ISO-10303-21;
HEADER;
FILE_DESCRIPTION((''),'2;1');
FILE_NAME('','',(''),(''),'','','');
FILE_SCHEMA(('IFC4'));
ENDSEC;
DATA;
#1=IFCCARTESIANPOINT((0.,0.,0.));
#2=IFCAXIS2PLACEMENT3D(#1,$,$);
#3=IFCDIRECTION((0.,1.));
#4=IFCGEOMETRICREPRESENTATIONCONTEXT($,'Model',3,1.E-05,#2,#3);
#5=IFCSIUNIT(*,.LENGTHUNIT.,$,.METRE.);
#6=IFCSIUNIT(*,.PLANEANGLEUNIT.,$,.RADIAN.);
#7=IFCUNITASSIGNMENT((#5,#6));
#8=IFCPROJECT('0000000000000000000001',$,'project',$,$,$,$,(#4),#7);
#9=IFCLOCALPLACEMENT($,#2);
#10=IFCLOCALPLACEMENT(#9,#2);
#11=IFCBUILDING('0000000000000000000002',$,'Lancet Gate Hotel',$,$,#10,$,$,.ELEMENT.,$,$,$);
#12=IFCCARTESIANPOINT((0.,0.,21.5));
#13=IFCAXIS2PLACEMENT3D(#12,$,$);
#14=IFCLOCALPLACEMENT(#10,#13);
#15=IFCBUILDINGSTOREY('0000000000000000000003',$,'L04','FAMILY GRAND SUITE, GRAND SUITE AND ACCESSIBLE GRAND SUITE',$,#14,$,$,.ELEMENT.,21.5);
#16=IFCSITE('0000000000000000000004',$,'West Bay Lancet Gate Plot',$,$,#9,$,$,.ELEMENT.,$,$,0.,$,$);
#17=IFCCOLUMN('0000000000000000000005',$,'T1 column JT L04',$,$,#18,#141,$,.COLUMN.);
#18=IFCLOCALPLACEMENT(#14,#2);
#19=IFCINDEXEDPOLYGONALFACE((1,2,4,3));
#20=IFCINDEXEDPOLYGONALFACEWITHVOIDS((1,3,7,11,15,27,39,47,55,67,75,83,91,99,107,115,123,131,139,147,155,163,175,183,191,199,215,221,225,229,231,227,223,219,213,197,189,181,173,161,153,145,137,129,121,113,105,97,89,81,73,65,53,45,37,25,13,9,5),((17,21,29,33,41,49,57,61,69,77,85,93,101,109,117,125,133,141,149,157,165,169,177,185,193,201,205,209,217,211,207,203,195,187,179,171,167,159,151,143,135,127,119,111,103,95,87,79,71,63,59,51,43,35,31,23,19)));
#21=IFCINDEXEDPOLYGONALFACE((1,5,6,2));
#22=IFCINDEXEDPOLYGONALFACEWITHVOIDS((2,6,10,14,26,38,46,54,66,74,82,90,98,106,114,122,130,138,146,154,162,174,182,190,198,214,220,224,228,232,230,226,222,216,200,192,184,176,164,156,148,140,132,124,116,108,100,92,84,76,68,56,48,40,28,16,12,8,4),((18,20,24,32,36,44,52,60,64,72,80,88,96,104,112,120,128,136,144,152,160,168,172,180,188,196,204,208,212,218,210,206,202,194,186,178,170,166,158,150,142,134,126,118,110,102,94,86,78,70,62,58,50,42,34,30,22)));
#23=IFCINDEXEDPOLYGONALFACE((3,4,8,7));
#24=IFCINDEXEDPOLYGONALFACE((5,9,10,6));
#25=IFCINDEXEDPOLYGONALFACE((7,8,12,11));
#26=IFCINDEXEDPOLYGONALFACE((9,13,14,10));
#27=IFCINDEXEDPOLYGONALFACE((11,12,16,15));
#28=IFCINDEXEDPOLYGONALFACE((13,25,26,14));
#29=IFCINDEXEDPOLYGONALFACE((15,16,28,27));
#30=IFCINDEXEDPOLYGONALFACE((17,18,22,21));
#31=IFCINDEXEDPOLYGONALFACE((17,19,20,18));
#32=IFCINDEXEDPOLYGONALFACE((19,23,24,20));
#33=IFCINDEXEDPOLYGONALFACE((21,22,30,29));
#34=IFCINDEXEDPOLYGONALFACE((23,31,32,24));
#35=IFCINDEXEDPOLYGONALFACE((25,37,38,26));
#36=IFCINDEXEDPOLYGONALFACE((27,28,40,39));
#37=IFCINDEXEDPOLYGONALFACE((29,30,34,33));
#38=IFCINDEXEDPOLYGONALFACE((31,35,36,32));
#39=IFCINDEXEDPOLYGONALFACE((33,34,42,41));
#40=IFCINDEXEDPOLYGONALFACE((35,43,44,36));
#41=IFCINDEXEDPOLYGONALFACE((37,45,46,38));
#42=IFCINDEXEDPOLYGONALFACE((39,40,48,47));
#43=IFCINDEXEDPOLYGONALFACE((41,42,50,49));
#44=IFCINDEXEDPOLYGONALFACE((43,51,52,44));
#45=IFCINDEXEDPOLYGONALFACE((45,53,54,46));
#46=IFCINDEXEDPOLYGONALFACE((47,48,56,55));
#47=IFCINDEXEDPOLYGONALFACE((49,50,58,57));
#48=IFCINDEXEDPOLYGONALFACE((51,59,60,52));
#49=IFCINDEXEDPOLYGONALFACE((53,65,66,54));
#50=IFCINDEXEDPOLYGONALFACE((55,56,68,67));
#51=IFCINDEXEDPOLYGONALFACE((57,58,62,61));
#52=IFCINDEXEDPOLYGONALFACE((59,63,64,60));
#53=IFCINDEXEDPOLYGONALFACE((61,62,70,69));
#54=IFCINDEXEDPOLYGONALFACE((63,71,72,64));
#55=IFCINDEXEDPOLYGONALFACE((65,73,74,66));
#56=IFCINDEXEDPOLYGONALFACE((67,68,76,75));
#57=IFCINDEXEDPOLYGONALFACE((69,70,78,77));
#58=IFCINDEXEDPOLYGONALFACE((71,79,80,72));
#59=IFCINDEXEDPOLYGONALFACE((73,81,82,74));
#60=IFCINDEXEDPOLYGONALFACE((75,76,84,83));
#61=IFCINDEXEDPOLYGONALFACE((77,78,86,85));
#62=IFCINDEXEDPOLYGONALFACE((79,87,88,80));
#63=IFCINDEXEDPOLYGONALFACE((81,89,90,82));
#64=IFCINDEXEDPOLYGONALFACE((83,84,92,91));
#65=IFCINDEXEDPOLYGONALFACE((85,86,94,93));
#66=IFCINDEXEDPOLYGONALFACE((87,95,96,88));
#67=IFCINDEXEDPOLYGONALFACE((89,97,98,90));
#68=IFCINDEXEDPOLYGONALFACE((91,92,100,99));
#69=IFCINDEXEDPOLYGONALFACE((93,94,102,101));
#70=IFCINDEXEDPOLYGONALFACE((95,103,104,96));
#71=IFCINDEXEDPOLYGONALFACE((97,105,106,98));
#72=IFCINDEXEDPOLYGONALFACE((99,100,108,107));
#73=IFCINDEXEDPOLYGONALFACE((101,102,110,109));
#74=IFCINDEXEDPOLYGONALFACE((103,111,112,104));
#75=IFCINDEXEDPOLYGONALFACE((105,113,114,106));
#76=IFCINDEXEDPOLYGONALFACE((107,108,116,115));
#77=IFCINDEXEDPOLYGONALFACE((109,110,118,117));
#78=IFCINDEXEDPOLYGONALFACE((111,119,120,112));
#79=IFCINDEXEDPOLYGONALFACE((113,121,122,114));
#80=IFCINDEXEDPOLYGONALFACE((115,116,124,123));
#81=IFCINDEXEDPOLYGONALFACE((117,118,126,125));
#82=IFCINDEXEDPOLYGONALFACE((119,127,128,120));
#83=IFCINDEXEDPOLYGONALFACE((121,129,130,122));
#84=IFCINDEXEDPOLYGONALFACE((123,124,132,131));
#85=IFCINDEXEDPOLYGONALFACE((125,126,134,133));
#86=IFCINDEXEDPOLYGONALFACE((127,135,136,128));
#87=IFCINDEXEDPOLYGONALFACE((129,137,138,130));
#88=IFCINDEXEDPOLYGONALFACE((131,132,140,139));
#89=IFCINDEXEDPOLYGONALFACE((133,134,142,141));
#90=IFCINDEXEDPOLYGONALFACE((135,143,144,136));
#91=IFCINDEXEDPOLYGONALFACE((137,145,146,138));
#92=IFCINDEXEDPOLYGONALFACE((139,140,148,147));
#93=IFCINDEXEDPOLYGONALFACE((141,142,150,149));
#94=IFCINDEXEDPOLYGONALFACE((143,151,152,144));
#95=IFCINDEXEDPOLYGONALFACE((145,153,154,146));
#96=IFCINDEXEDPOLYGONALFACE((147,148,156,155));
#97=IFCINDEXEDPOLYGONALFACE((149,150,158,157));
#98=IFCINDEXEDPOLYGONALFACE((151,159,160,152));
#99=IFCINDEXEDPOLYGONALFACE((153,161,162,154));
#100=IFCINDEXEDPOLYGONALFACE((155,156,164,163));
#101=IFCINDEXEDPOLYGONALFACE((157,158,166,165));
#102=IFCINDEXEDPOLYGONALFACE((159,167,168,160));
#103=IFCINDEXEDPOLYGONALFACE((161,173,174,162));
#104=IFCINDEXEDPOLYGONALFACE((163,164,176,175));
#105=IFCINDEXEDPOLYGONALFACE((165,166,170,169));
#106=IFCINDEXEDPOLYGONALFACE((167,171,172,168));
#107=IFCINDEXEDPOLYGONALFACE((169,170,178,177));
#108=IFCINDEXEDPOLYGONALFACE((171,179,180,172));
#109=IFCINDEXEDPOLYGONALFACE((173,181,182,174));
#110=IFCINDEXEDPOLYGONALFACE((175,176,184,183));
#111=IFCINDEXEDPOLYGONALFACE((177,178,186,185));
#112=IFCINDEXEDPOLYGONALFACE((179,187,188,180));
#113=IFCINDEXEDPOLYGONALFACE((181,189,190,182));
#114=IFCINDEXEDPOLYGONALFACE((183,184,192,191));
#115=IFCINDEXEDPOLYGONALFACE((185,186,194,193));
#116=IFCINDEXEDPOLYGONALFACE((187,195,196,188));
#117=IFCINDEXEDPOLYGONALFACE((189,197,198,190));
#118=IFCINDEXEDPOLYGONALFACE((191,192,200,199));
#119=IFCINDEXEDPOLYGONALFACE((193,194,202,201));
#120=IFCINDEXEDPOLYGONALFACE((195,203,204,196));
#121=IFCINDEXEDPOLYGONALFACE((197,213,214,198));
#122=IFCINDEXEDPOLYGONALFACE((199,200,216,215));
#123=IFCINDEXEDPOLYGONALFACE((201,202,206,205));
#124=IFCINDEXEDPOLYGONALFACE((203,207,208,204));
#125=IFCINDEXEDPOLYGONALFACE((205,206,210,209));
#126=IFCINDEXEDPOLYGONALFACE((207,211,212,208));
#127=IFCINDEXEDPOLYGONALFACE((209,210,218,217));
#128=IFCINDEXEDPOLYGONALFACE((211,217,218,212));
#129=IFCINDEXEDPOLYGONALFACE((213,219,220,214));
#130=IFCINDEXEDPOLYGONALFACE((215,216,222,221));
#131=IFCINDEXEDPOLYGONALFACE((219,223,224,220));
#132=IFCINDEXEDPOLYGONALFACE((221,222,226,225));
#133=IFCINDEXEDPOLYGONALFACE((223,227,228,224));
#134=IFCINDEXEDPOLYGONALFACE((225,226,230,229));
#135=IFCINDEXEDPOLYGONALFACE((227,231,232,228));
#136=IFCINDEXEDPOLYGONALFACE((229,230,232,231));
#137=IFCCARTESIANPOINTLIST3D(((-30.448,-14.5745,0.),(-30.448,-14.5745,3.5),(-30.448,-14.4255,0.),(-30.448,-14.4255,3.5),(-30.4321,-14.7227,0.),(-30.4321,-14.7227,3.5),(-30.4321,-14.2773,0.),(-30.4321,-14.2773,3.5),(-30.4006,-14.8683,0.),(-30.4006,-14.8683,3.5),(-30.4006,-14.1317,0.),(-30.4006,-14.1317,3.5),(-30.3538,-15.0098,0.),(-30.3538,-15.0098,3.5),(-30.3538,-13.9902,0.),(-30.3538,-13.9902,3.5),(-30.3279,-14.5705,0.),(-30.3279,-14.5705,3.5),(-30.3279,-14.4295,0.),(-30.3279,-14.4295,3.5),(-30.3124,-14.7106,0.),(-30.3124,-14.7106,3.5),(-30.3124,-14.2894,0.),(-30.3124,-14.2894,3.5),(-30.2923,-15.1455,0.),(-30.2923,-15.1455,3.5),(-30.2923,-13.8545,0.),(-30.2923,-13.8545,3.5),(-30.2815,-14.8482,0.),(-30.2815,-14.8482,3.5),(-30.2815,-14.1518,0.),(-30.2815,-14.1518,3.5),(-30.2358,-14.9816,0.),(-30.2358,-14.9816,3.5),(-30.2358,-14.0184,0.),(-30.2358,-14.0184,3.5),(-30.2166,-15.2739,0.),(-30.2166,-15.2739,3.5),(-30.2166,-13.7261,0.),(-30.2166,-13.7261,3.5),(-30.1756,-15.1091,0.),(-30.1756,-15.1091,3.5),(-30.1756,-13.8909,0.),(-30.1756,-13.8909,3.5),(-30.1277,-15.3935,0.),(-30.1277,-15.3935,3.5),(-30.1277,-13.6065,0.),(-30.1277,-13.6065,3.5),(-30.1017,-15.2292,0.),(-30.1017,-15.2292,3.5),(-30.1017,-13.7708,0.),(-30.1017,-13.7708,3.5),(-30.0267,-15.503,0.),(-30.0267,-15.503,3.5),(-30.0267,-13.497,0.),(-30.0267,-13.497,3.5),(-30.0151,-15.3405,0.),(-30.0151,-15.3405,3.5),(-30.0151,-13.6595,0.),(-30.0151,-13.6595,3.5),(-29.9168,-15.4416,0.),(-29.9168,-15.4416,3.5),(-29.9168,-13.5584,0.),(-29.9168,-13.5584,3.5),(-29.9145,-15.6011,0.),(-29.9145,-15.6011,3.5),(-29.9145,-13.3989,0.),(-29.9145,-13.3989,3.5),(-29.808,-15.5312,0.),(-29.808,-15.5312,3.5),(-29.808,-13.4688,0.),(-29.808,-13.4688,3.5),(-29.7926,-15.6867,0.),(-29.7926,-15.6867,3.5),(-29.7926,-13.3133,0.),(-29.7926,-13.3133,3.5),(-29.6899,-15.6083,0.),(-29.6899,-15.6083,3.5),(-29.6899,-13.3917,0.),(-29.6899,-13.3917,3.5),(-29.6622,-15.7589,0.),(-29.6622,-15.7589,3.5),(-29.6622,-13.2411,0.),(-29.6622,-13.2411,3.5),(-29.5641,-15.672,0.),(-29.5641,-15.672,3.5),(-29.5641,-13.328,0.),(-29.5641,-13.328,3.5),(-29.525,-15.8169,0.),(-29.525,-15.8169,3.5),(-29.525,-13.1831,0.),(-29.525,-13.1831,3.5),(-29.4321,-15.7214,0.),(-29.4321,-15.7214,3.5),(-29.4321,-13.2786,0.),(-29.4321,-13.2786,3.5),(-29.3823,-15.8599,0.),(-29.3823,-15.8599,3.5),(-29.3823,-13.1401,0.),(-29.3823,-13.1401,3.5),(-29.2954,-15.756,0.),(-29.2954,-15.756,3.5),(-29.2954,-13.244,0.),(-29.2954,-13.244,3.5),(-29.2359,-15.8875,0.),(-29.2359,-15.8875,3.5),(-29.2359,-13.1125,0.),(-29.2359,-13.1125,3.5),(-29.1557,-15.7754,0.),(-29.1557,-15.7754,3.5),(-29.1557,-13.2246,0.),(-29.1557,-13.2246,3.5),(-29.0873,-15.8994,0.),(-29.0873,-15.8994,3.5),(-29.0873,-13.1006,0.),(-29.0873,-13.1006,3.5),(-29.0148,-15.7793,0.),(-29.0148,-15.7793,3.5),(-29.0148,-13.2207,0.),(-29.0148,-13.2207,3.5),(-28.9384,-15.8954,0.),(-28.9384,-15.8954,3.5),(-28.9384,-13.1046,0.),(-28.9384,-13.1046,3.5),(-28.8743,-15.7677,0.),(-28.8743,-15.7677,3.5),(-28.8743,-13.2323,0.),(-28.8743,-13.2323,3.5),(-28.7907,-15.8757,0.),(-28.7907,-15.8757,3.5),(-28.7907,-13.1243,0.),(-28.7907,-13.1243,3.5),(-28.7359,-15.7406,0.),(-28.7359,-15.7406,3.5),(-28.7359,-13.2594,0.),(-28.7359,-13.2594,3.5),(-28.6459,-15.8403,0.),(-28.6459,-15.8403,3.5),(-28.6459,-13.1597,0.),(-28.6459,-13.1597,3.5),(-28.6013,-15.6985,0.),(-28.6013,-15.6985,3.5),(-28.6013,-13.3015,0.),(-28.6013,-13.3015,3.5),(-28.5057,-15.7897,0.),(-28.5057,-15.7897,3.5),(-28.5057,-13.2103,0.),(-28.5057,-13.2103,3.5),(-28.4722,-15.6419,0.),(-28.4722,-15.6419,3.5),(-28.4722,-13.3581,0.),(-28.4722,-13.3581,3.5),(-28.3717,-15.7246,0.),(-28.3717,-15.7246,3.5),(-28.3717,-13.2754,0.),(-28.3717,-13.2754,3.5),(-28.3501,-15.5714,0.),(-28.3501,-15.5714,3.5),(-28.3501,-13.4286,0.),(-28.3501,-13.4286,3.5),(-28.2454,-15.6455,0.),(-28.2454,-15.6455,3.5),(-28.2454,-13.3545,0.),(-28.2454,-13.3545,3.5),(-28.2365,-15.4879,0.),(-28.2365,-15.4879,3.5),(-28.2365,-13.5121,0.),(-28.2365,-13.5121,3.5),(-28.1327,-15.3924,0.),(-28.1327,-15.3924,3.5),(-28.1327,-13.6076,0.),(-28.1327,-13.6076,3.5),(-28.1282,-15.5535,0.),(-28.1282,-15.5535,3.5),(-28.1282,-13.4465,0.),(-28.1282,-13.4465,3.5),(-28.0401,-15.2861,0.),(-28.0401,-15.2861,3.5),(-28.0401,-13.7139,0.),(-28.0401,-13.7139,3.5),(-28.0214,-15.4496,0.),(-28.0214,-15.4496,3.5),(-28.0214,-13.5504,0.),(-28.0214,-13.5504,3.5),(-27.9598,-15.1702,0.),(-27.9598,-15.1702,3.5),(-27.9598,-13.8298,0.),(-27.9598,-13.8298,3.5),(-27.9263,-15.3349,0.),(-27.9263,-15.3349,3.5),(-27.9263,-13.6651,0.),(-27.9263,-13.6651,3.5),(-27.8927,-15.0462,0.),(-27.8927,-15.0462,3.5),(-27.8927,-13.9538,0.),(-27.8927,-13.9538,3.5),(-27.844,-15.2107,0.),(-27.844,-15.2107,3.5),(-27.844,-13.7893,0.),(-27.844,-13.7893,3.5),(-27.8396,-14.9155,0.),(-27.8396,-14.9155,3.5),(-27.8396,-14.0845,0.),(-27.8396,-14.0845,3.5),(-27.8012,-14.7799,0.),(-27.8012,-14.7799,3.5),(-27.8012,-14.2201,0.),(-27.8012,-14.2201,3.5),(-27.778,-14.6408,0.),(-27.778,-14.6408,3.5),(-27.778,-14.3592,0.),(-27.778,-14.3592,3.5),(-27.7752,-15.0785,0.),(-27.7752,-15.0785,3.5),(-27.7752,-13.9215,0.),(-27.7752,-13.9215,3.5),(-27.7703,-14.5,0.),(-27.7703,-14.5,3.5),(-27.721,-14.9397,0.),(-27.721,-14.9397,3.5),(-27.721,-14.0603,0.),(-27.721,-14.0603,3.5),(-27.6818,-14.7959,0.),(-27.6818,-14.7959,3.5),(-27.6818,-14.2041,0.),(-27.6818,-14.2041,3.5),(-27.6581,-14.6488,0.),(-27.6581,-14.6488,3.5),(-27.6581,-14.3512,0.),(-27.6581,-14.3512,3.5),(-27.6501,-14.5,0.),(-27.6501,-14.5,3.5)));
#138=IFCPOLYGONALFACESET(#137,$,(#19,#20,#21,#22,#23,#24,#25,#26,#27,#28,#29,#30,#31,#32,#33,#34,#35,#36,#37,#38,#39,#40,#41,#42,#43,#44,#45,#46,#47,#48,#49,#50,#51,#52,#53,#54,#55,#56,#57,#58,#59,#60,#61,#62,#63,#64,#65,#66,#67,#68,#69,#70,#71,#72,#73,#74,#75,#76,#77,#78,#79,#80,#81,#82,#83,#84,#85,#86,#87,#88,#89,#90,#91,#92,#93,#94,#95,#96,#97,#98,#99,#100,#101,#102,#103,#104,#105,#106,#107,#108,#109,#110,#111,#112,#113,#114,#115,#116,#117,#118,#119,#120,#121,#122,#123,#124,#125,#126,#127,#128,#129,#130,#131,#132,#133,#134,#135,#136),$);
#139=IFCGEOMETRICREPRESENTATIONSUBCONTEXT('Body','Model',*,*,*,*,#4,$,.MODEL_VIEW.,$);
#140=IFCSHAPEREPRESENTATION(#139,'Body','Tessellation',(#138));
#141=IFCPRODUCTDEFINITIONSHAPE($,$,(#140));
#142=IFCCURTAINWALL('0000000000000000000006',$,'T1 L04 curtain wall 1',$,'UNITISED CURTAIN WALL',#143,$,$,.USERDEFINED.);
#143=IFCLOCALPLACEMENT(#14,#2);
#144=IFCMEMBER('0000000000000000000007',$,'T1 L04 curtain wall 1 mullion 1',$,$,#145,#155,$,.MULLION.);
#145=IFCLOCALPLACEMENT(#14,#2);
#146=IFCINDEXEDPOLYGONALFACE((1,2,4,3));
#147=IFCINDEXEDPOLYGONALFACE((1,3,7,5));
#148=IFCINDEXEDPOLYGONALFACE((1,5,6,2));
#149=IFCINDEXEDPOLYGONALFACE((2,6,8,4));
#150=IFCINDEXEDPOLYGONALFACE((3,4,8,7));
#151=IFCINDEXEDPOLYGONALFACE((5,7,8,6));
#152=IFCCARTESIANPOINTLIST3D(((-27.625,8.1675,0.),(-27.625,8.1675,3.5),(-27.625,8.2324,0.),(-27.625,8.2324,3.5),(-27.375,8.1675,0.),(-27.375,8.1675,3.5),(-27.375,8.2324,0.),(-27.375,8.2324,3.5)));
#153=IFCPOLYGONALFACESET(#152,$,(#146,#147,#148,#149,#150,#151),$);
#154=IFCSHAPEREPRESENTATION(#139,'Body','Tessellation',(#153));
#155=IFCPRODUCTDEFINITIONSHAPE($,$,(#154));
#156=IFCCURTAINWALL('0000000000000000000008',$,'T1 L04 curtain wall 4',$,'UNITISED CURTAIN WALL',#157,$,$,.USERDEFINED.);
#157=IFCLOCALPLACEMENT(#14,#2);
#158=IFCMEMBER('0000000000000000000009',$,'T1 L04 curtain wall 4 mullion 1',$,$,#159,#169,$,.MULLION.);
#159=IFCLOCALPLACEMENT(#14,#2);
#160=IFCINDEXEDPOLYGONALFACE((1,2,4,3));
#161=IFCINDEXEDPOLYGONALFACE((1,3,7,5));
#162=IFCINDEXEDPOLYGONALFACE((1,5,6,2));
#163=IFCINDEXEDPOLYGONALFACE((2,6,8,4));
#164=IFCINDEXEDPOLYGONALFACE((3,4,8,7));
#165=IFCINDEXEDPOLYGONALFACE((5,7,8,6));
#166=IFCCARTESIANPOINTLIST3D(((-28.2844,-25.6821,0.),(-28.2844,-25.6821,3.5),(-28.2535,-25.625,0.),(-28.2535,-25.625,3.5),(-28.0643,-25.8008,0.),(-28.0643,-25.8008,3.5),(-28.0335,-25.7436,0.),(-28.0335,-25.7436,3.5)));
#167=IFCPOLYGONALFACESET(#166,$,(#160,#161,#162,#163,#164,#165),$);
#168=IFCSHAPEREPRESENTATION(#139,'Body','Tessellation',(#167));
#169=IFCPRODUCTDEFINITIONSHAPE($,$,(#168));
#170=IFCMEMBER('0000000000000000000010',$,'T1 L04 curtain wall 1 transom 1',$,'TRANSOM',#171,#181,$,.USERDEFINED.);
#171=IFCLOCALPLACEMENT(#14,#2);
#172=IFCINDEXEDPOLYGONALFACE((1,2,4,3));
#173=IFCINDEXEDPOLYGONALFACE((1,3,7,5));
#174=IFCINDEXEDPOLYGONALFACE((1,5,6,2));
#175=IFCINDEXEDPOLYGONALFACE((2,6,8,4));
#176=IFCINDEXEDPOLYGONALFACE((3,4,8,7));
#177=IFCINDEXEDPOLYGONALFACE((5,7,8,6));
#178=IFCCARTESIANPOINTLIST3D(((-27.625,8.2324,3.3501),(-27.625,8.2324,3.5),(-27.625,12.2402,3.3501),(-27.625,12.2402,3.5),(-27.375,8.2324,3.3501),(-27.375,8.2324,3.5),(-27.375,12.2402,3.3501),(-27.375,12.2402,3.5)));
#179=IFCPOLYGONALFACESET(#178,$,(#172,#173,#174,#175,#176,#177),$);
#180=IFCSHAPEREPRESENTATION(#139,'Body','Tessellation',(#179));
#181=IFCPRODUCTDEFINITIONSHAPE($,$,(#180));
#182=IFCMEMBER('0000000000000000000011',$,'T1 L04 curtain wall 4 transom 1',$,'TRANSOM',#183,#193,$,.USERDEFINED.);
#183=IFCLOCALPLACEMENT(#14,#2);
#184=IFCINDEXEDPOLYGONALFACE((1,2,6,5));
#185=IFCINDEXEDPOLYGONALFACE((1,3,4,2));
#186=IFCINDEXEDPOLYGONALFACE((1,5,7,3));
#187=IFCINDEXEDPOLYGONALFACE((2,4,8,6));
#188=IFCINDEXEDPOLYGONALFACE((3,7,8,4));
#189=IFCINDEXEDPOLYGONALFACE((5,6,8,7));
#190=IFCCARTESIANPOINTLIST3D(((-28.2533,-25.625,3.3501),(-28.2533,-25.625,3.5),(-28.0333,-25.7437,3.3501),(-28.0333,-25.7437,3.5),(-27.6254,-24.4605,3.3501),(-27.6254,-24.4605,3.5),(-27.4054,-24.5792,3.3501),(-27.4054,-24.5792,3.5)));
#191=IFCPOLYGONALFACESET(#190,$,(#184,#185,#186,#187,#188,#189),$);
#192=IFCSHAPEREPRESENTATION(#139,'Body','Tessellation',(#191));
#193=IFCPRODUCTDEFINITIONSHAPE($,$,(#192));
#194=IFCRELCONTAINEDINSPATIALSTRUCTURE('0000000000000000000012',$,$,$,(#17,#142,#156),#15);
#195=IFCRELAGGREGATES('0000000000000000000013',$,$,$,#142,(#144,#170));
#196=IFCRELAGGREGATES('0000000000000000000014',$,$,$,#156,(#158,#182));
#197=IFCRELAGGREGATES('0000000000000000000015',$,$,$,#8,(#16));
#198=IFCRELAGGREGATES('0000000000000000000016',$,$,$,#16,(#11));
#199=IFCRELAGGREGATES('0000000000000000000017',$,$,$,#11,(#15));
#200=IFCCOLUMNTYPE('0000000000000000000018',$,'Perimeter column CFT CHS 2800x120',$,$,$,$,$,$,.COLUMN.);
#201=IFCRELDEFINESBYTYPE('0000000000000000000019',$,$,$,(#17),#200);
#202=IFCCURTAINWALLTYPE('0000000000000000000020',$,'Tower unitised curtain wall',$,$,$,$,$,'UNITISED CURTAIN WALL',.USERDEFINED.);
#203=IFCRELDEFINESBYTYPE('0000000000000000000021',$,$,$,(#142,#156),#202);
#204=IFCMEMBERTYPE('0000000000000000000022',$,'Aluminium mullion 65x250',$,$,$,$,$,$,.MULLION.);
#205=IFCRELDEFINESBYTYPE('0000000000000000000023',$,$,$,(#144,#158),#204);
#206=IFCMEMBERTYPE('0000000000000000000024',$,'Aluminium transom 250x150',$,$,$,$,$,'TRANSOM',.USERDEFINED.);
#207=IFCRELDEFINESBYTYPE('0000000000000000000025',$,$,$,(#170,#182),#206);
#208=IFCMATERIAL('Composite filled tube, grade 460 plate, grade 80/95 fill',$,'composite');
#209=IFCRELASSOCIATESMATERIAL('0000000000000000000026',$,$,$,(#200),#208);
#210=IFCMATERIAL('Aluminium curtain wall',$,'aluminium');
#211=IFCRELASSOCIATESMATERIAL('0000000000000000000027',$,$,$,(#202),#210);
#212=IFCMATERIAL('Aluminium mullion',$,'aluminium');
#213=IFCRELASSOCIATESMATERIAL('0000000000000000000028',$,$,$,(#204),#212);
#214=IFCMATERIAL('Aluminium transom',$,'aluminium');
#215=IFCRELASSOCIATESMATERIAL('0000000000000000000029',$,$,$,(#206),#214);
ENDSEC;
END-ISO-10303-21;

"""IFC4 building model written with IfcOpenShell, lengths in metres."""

from ifc_helpers import new_model, si_unit, direction, frame, origin, origin_2d, place, context, subcontext, project, spatial, rectangle, hollow_circle, extrude, material, material_profile, profile_set, type_object, element, aggregate, save


model = new_model("IFC4")

# Units and contexts
model_context = context("Model", 3, precision=1e-05, world=origin(), true_north=direction((0.0, 1.0)))
body_context = subcontext(model_context, "Body", "Model", "MODEL_VIEW")
ifc_project = project(units=[si_unit("LENGTHUNIT", "METRE"), si_unit("PLANEANGLEUNIT", "RADIAN")], contexts=[model_context])

# Site, building, storey
site_placement = place(None, origin())
site = spatial("IfcSite", under=ifc_project, at=site_placement, Name="West Bay Lancet Gate Plot", CompositionType="ELEMENT", RefElevation=0.0)
building_placement = place(site_placement, origin())
building = spatial("IfcBuilding", under=site, at=building_placement, Name="Lancet Gate Hotel", CompositionType="ELEMENT")
storey_placement = place(building_placement, frame((0.0, 0.0, 21.5)))
storey = spatial("IfcBuildingStorey", under=building, at=storey_placement, Name="L04", Description="FAMILY GRAND SUITE, GRAND SUITE AND ACCESSIBLE GRAND SUITE", CompositionType="ELEMENT", Elevation=21.5)

# Column
ifc_material_1 = material(Name="Composite filled tube, grade 460 plate, grade 80/95 fill", Category="composite")
ifc_material_profile_1 = material_profile(ifc_material_1, hollow_circle(Radius=1.3999, WallThickness=0.1201, at=origin_2d()), Name="CHS 2800x120")
ifc_profile_set_1 = profile_set([ifc_material_profile_1], Name="Composite filled tube, grade 460 plate, grade 80/95 fill")
column_type = type_object("IfcColumnType", Name="Perimeter column CFT CHS 2800x120", PredefinedType="COLUMN", material=ifc_profile_set_1)
for number, where, z_axis, x_axis, name in (
    (1, (-29.05, -14.5, 0.0), (0.0, 0.0, 1.0), (1.0, 0.0, 0.0), "T1 column JT L04"),
):
    element("IfcColumn", number, at=place(storey_placement, frame(where, z_axis=z_axis, x_axis=x_axis)), inside=storey, type_object=column_type, Name=name, PredefinedType="COLUMN", context=body_context, shape_type="SweptSolid", body=[
        extrude(hollow_circle(Radius=1.3999, WallThickness=0.1201, at=origin_2d()), origin(), (0.0, 0.0, 1.0), 3.5),
    ])

# Curtain walls, members
ifc_material_2 = material(Name="Aluminium curtain wall", Category="aluminium")
curtain_wall_type = type_object("IfcCurtainWallType", Name="Tower unitised curtain wall", ElementType="UNITISED CURTAIN WALL", PredefinedType="USERDEFINED", material=ifc_material_2)
curtain_wall_1_placement = place(storey_placement, origin())
curtain_wall_1 = element("IfcCurtainWall", 2, at=curtain_wall_1_placement, inside=storey, type_object=curtain_wall_type, Name="T1 L04 curtain wall 1", ObjectType="UNITISED CURTAIN WALL", PredefinedType="USERDEFINED")
ifc_material_3 = material(Name="Aluminium mullion", Category="aluminium")
ifc_material_profile_2 = material_profile(ifc_material_3, rectangle(XDim=0.0649, YDim=0.25, at=origin_2d()), Name="MULLION 65x250")
ifc_profile_set_2 = profile_set([ifc_material_profile_2], Name="Aluminium mullion")
member_type_1 = type_object("IfcMemberType", Name="Aluminium mullion 65x250", PredefinedType="MULLION", material=ifc_profile_set_2)
member_1_placement = place(storey_placement, frame((-27.5, 8.2, 0.0), z_axis=(0.0, 0.0, 1.0), x_axis=(0.0, 1.0, 0.0)))
member_1 = element("IfcMember", 3, at=member_1_placement, type_object=member_type_1, Name="T1 L04 curtain wall 1 mullion 1", PredefinedType="MULLION", context=body_context, shape_type="SweptSolid", body=[
    extrude(rectangle(XDim=0.0649, YDim=0.25, at=origin_2d()), origin(), (0.0, 0.0, 1.0), 3.5),
])
curtain_wall_2_placement = place(storey_placement, origin())
curtain_wall_2 = element("IfcCurtainWall", 4, at=curtain_wall_2_placement, inside=storey, type_object=curtain_wall_type, Name="T1 L04 curtain wall 4", ObjectType="UNITISED CURTAIN WALL", PredefinedType="USERDEFINED")
member_2_placement = place(storey_placement, frame((-28.1589, -25.7129, 0.0), z_axis=(0.0, 0.0, 1.0), x_axis=(0.474631, 0.880185, 0.0)))
member_2 = element("IfcMember", 5, at=member_2_placement, type_object=member_type_1, Name="T1 L04 curtain wall 4 mullion 1", PredefinedType="MULLION", context=body_context, shape_type="SweptSolid", body=[
    extrude(rectangle(XDim=0.0649, YDim=0.25, at=origin_2d()), origin(), (0.0, 0.0, 1.0), 3.5),
])

# Members
ifc_material_4 = material(Name="Aluminium transom", Category="aluminium")
ifc_material_profile_3 = material_profile(ifc_material_4, rectangle(XDim=0.25, YDim=0.1499, at=origin_2d()), Name="TRANSOM 250x150")
ifc_profile_set_3 = profile_set([ifc_material_profile_3], Name="Aluminium transom")
member_type_2 = type_object("IfcMemberType", Name="Aluminium transom 250x150", ElementType="TRANSOM", PredefinedType="USERDEFINED", material=ifc_profile_set_3)
member_3_placement = place(storey_placement, frame((-27.5, 8.2324, 3.425), z_axis=(0.0, 1.0, 0.0), x_axis=(-1.0, 0.0, 0.0)))
member_3 = element("IfcMember", 6, at=member_3_placement, type_object=member_type_2, Name="T1 L04 curtain wall 1 transom 1", ObjectType="TRANSOM", PredefinedType="USERDEFINED", context=body_context, shape_type="SweptSolid", body=[
    extrude(rectangle(XDim=0.25, YDim=0.1499, at=origin_2d()), origin(), (0.0, 0.0, 1.0), 4.0078),
])
aggregate(curtain_wall_1, [member_1, member_3])
member_4_placement = place(storey_placement, frame((-28.1433, -25.6843, 3.425), z_axis=(0.474606, 0.880198, 0.0), x_axis=(-0.880198, 0.474606, 0.0)))
member_4 = element("IfcMember", 7, at=member_4_placement, type_object=member_type_2, Name="T1 L04 curtain wall 4 transom 1", ObjectType="TRANSOM", PredefinedType="USERDEFINED", context=body_context, shape_type="SweptSolid", body=[
    extrude(rectangle(XDim=0.25, YDim=0.1499, at=origin_2d()), origin(), (0.0, 0.0, 1.0), 1.323),
])

aggregate(curtain_wall_2, [member_2, member_4])

save(model, "model.ifc")
